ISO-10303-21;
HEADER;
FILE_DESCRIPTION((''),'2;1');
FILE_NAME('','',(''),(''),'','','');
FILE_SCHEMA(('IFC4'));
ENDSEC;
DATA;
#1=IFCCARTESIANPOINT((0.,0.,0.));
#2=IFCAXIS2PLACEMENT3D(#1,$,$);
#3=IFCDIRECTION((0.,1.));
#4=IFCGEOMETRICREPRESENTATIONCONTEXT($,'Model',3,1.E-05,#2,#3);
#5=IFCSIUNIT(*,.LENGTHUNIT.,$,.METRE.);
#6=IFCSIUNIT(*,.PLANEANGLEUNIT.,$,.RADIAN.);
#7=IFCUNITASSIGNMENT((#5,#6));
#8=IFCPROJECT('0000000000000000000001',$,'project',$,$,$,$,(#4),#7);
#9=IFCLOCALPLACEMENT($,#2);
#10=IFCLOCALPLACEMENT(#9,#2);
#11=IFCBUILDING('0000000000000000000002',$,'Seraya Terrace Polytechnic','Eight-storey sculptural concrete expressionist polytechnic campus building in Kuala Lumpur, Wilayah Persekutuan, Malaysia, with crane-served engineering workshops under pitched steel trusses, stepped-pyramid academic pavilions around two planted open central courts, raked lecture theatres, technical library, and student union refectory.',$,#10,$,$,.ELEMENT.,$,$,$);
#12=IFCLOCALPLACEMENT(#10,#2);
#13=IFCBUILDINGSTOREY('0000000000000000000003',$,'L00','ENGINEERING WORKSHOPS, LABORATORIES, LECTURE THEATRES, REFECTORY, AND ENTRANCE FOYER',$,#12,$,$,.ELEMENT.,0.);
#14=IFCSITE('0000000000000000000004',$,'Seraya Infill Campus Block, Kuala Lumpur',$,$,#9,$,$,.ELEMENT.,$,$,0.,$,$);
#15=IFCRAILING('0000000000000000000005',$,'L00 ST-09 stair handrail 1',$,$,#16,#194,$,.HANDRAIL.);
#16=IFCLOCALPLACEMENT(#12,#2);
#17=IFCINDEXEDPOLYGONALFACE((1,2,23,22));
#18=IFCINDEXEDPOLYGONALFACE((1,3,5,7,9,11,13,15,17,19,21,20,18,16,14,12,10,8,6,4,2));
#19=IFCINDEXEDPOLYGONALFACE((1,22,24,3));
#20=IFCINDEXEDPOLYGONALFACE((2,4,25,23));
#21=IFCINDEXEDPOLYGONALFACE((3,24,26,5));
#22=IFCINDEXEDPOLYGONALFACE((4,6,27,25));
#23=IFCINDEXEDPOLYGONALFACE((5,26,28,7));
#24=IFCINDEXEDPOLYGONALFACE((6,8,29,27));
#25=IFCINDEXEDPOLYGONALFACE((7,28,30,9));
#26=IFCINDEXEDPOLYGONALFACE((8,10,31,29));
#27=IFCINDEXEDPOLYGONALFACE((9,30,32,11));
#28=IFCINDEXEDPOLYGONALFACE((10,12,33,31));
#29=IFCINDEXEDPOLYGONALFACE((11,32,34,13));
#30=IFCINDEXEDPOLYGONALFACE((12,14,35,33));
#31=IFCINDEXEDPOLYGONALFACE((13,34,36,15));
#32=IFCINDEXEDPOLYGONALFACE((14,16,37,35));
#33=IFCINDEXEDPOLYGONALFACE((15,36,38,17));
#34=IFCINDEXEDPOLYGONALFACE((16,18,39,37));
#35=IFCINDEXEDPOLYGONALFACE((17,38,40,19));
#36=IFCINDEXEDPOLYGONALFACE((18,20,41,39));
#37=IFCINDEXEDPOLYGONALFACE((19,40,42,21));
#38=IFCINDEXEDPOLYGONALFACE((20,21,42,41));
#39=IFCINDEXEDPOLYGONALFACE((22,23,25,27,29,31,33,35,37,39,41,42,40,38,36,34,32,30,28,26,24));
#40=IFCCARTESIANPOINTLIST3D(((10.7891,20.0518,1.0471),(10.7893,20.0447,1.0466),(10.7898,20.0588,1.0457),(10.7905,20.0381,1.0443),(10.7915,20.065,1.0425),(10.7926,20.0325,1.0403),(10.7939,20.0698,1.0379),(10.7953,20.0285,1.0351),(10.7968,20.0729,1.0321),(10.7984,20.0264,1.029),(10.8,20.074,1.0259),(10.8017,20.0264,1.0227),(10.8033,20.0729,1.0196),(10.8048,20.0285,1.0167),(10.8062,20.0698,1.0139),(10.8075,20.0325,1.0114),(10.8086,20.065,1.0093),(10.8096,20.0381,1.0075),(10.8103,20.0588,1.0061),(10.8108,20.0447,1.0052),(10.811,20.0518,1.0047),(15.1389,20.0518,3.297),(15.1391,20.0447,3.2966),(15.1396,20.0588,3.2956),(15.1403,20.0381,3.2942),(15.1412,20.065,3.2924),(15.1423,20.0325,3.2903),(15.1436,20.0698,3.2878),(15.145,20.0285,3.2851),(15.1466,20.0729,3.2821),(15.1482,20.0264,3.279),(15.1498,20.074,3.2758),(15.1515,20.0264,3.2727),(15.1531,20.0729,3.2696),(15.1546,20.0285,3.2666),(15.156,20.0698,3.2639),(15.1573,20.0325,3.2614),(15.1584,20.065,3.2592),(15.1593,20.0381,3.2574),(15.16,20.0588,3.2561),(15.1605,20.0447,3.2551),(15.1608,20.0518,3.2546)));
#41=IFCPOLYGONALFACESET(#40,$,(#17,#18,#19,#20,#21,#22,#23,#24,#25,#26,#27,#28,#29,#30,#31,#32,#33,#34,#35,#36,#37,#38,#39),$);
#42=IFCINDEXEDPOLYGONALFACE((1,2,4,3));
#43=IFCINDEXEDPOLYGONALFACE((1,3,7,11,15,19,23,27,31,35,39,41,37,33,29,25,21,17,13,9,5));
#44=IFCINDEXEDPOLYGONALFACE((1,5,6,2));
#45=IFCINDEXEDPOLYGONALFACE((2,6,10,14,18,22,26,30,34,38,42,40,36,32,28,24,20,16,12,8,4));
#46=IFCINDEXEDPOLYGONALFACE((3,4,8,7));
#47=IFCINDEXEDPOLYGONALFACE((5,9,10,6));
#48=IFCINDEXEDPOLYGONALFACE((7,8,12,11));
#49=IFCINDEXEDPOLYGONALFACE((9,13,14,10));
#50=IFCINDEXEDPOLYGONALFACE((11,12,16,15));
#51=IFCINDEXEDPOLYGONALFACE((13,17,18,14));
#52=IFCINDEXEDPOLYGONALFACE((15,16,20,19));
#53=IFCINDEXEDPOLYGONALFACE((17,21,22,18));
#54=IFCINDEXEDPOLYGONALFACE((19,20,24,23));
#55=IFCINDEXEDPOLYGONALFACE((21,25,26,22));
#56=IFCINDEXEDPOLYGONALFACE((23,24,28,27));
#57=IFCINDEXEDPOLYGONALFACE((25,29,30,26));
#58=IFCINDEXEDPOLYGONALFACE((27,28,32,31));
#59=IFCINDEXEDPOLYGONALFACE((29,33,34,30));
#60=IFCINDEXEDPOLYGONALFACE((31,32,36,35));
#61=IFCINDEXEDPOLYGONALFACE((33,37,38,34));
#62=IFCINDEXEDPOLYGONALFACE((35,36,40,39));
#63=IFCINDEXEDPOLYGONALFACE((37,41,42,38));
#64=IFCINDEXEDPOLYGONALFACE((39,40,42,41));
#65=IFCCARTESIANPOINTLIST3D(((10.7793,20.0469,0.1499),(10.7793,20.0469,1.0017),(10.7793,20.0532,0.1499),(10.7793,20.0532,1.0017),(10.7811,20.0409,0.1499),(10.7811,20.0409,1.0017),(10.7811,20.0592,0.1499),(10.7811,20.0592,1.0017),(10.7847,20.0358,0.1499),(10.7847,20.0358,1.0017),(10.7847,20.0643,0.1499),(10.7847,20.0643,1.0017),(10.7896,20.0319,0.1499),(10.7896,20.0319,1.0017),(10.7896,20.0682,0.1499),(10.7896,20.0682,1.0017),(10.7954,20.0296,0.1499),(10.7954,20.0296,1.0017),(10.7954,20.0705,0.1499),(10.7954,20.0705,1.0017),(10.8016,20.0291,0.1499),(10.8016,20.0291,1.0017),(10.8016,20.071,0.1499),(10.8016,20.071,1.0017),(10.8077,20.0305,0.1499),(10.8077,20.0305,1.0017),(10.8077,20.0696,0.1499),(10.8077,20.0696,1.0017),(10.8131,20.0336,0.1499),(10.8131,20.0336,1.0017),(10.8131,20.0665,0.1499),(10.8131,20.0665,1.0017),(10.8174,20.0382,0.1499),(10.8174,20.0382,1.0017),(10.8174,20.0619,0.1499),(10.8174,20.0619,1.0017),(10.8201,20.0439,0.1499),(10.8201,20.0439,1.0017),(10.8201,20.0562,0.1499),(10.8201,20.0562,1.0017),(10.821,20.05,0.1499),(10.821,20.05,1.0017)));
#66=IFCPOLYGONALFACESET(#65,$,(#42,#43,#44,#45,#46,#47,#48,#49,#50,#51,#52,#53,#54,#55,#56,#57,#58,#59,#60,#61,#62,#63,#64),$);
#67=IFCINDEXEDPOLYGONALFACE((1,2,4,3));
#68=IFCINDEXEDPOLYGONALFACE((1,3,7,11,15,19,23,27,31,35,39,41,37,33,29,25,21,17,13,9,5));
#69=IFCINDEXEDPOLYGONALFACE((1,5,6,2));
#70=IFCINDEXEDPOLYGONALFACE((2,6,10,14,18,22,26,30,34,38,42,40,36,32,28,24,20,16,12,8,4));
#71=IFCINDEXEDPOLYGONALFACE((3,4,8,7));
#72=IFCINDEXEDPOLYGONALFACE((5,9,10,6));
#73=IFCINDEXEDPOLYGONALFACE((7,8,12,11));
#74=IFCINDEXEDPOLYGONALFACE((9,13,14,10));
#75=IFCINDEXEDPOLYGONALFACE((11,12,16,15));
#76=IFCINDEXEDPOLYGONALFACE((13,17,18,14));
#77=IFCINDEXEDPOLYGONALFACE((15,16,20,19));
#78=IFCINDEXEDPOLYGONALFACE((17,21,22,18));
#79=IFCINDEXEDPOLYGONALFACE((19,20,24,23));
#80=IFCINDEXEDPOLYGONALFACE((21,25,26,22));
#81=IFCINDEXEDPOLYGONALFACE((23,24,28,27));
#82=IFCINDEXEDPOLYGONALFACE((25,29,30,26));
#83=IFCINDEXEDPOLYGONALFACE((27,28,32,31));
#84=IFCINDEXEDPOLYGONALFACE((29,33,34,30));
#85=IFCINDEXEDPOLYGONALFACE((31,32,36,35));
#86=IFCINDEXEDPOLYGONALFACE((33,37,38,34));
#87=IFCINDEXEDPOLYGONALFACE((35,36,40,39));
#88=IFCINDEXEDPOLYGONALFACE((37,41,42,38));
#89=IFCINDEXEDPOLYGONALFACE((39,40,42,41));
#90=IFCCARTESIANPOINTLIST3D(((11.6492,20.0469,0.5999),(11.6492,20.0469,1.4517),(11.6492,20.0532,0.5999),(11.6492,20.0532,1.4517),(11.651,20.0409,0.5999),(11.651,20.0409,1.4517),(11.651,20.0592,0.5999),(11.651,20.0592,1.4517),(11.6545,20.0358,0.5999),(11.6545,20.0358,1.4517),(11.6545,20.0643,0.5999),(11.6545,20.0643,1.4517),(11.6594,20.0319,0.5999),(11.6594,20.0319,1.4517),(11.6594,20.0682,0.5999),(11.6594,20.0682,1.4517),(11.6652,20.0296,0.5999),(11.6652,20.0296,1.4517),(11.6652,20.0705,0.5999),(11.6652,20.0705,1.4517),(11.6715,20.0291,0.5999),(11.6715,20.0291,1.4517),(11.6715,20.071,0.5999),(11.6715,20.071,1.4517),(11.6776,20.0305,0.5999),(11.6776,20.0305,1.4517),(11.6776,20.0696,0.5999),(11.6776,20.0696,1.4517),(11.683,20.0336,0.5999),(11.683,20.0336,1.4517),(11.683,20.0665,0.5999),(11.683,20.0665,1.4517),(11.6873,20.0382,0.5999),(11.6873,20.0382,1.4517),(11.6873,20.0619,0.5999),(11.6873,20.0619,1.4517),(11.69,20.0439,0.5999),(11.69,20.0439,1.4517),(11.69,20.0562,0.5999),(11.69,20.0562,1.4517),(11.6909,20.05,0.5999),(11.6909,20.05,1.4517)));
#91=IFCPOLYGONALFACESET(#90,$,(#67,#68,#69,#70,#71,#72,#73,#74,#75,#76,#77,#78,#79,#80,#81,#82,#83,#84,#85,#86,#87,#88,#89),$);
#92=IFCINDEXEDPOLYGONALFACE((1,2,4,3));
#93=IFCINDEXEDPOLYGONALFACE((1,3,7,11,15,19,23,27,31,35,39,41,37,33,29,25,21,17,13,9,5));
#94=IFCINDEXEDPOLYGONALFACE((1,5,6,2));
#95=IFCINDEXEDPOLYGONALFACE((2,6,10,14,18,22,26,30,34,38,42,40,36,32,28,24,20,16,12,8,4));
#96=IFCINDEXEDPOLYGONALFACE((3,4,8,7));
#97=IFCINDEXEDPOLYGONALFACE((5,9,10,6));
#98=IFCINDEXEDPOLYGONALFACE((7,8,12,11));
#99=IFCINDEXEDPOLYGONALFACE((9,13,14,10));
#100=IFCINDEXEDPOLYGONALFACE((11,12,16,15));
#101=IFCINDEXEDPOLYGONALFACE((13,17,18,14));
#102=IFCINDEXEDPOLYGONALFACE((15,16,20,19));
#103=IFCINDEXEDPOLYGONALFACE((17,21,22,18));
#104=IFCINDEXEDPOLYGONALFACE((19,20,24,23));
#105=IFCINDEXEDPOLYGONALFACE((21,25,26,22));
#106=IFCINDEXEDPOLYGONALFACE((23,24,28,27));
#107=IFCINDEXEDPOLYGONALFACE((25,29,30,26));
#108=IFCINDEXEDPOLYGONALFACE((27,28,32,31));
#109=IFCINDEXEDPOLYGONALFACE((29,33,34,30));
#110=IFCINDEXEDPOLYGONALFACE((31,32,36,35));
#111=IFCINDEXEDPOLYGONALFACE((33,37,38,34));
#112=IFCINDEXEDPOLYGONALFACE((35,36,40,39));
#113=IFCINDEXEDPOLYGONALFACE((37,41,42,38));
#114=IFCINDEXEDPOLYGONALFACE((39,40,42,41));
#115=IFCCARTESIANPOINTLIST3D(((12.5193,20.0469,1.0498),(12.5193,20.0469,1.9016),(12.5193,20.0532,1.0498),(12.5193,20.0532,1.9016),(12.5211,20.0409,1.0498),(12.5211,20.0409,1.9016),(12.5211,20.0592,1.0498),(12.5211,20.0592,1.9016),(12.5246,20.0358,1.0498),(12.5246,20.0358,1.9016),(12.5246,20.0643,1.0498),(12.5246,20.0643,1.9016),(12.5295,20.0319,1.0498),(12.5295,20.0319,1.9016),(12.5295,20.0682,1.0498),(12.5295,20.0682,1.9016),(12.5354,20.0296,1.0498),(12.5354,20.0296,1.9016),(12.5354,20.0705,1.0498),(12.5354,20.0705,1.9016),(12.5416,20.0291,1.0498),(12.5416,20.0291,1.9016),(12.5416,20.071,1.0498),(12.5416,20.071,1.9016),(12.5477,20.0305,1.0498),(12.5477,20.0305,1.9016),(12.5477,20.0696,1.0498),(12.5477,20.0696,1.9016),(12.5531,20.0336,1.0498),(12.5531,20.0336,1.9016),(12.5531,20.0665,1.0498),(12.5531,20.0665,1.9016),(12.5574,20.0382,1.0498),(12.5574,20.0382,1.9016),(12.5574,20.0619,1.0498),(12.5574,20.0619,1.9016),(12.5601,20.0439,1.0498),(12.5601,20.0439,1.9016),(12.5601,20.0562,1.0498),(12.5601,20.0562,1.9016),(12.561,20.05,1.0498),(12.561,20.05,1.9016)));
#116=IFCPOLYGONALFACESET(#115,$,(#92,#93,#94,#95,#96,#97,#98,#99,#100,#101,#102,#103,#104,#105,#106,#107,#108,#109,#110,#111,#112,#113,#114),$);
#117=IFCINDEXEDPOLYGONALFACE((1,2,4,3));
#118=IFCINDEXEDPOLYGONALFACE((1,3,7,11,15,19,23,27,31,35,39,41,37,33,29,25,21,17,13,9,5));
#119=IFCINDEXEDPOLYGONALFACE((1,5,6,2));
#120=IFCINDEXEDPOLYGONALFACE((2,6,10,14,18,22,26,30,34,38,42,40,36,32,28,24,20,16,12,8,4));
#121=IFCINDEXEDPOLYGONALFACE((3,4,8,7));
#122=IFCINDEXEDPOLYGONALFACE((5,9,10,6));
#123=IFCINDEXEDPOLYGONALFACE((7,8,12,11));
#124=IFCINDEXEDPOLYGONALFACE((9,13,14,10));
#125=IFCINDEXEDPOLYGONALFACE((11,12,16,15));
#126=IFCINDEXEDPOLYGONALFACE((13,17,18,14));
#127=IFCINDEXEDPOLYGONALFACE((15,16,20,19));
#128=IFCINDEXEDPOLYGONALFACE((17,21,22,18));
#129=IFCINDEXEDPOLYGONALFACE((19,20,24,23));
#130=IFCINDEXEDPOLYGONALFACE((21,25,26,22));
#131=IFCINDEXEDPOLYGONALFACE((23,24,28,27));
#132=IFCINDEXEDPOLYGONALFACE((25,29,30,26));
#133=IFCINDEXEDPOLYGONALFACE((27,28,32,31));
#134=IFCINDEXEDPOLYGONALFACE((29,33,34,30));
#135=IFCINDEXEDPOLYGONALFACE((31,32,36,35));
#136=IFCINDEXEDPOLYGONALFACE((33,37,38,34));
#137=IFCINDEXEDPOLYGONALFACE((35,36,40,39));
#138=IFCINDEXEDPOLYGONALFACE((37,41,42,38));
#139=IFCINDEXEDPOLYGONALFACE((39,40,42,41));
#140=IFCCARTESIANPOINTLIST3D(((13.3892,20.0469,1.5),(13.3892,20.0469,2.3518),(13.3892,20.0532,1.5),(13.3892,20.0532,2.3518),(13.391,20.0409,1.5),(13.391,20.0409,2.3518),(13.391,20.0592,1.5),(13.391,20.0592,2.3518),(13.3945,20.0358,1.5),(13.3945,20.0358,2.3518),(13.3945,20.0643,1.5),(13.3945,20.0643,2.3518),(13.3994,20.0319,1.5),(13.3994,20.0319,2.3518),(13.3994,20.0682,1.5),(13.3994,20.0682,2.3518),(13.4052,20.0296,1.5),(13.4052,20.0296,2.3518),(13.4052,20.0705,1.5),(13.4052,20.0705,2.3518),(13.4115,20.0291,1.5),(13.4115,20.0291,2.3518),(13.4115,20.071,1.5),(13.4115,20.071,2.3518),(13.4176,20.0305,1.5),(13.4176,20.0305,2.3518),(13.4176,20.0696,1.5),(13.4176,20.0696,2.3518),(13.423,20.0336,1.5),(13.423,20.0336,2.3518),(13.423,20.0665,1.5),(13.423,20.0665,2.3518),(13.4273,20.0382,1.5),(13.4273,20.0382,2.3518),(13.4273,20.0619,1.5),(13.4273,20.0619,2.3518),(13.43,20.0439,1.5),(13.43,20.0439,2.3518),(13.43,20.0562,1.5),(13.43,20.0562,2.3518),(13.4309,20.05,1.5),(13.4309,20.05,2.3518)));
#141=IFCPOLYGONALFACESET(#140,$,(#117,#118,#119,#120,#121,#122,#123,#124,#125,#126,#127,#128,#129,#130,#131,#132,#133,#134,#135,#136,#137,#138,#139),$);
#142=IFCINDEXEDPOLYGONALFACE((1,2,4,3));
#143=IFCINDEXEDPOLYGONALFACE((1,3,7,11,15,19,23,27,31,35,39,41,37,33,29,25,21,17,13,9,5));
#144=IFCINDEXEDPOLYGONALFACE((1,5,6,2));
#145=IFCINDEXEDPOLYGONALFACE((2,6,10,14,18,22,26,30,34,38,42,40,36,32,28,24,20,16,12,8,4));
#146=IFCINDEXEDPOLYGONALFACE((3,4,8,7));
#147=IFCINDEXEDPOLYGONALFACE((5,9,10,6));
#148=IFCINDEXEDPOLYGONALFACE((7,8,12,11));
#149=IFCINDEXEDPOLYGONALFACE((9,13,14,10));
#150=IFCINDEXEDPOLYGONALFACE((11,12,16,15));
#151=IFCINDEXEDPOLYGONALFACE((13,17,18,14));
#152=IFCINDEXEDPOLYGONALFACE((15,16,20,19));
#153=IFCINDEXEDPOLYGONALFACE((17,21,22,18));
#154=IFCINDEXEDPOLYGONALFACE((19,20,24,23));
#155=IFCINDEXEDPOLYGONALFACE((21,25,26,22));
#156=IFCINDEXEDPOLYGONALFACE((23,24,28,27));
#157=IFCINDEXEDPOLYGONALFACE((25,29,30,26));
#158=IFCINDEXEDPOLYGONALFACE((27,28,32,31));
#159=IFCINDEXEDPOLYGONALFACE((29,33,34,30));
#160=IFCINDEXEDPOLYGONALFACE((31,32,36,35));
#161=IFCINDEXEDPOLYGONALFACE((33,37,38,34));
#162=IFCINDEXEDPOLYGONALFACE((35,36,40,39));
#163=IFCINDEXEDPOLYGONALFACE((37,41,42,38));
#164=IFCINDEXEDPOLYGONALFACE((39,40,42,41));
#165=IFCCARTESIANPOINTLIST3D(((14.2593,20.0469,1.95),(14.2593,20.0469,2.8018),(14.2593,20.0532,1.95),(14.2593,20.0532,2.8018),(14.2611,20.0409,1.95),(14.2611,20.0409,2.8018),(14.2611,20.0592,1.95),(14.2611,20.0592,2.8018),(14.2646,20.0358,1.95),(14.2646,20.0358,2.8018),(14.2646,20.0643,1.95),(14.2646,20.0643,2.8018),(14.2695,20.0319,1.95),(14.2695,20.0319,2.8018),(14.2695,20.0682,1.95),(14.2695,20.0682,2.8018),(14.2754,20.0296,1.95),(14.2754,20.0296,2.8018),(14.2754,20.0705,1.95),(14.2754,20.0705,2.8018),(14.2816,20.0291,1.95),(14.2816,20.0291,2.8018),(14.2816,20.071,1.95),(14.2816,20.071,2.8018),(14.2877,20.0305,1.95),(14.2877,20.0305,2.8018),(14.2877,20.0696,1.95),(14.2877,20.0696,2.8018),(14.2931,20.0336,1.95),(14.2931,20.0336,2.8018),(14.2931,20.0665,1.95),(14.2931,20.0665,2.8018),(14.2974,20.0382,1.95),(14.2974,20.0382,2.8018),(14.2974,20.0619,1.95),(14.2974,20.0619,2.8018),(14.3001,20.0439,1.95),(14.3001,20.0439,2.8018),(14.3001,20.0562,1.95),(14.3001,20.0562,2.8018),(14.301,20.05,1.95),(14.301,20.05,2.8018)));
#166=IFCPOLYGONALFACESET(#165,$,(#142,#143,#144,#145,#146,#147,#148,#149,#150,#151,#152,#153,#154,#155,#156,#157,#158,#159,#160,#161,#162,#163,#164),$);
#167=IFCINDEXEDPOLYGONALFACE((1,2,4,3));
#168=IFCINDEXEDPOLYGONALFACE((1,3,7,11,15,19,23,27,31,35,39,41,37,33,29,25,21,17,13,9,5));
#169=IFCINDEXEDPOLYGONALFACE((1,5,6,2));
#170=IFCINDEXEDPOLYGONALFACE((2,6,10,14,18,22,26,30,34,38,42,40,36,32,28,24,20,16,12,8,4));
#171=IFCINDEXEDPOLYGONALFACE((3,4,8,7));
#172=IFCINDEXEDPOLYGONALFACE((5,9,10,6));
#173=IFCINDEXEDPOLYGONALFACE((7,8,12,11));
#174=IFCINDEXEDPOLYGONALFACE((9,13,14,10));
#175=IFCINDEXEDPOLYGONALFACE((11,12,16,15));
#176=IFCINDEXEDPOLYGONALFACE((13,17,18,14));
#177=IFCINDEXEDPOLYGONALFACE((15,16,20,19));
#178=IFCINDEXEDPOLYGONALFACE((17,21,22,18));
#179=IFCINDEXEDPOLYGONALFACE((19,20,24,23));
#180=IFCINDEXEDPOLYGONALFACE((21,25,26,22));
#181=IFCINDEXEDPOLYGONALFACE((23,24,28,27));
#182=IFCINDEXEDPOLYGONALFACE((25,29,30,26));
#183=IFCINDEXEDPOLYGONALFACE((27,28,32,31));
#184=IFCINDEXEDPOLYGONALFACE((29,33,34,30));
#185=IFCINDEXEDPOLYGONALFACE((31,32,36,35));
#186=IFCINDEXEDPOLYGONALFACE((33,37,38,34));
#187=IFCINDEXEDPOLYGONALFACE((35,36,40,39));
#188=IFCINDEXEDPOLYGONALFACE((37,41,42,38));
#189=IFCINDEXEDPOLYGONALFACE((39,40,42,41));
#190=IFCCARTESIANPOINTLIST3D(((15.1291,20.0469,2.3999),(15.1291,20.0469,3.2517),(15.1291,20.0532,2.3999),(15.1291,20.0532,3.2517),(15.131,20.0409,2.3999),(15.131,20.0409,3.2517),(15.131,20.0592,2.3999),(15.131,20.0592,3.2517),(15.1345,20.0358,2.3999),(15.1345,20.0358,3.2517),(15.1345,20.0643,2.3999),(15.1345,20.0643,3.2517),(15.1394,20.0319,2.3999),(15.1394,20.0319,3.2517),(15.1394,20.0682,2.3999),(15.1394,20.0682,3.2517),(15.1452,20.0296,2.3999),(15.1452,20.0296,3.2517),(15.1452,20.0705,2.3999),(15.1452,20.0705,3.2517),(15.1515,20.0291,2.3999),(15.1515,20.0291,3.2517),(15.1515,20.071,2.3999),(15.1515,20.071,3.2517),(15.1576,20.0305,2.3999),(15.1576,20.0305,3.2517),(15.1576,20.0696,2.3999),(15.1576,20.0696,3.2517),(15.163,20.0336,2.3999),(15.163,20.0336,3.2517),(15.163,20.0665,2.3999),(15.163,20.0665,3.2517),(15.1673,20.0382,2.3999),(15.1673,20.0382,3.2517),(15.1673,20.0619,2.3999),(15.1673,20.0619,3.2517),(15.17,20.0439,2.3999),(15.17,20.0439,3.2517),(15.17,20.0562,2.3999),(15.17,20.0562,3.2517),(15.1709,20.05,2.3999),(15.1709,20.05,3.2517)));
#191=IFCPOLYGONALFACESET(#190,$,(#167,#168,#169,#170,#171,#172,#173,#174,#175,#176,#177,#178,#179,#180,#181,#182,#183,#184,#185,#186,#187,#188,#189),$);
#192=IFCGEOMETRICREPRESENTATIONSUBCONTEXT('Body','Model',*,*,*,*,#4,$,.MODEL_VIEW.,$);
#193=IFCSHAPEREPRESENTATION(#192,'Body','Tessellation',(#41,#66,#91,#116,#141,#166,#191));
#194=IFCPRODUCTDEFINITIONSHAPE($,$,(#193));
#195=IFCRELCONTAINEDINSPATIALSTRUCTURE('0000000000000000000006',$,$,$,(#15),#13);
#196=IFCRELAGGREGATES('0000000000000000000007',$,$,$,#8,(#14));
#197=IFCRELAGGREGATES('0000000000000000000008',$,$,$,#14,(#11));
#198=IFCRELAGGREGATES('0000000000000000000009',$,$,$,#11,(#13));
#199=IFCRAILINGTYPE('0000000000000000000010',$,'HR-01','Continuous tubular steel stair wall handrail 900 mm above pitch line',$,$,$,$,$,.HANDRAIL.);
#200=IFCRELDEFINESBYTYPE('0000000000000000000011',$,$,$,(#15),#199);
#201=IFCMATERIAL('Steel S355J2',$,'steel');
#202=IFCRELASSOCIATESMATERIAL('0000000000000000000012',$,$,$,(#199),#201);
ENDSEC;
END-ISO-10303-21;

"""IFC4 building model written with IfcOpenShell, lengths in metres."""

from ifc_helpers import new_model, si_unit, direction, frame, origin, origin_2d, place, context, subcontext, project, spatial, circle, extrude, material, type_object, element, save


model = new_model("IFC4")

# Units and contexts
model_context = context("Model", 3, precision=1e-05, world=origin(), true_north=direction((0.0, 1.0)))
body_context = subcontext(model_context, "Body", "Model", "MODEL_VIEW")
ifc_project = project(units=[si_unit("LENGTHUNIT", "METRE"), si_unit("PLANEANGLEUNIT", "RADIAN")], contexts=[model_context])

# Site, building, storey
site_placement = place(None, origin())
site = spatial("IfcSite", under=ifc_project, at=site_placement, Name="Seraya Infill Campus Block, Kuala Lumpur", CompositionType="ELEMENT", RefElevation=0.0)
building_placement = place(site_placement, origin())
building = spatial("IfcBuilding", under=site, at=building_placement, Name="Seraya Terrace Polytechnic", Description="Eight-storey sculptural concrete expressionist polytechnic campus building in Kuala Lumpur, Wilayah Persekutuan, Malaysia, with crane-served engineering workshops under pitched steel trusses, stepped-pyramid academic pavilions around two planted open central courts, raked lecture theatres, technical library, and student union refectory.", CompositionType="ELEMENT")
storey_placement = place(building_placement, origin())
storey = spatial("IfcBuildingStorey", under=building, at=storey_placement, Name="L00", Description="ENGINEERING WORKSHOPS, LABORATORIES, LECTURE THEATRES, REFECTORY, AND ENTRANCE FOYER", CompositionType="ELEMENT", Elevation=0.0)

# Shared definitions
ifc_material_1 = material(Name="Steel S355J2", Category="steel")

# Railing
railing_type_1 = type_object("IfcRailingType", Name="HR-01", Description="Continuous tubular steel stair wall handrail 900 mm above pitch line", PredefinedType="HANDRAIL", material=ifc_material_1)
railing_1_placement = place(storey_placement, frame((10.8, 20.05, 0.1499)))
element("IfcRailing", 1, at=railing_1_placement, inside=storey, type_object=railing_type_1, Name="L00 ST-09 stair handrail 1", PredefinedType="HANDRAIL", context=body_context, shape_type="SweptSolid", body=[
    extrude(circle(Radius=0.0239, at=origin_2d()), frame((0.0, 0.0, 0.876), z_axis=(0.888211, 0.0, 0.459435), x_axis=(0.0, 1.0, 0.0)), (0.0, 0.0, 1.0), 4.8972),
    extrude(circle(Radius=0.021, at=origin_2d()), origin(), (0.0, 0.0, 1.0), 0.8518),
    extrude(circle(Radius=0.021, at=origin_2d()), frame((0.8699, 0.0, 0.45)), (0.0, 0.0, 1.0), 0.8518),
    extrude(circle(Radius=0.021, at=origin_2d()), frame((1.74, 0.0, 0.8999)), (0.0, 0.0, 1.0), 0.8518),
    extrude(circle(Radius=0.021, at=origin_2d()), frame((2.6099, 0.0, 1.3501)), (0.0, 0.0, 1.0), 0.8518),
    extrude(circle(Radius=0.021, at=origin_2d()), frame((3.48, 0.0, 1.8)), (0.0, 0.0, 1.0), 0.8518),
    extrude(circle(Radius=0.021, at=origin_2d()), frame((4.3499, 0.0, 2.25)), (0.0, 0.0, 1.0), 0.8518),
])

save(model, "model.ifc")
